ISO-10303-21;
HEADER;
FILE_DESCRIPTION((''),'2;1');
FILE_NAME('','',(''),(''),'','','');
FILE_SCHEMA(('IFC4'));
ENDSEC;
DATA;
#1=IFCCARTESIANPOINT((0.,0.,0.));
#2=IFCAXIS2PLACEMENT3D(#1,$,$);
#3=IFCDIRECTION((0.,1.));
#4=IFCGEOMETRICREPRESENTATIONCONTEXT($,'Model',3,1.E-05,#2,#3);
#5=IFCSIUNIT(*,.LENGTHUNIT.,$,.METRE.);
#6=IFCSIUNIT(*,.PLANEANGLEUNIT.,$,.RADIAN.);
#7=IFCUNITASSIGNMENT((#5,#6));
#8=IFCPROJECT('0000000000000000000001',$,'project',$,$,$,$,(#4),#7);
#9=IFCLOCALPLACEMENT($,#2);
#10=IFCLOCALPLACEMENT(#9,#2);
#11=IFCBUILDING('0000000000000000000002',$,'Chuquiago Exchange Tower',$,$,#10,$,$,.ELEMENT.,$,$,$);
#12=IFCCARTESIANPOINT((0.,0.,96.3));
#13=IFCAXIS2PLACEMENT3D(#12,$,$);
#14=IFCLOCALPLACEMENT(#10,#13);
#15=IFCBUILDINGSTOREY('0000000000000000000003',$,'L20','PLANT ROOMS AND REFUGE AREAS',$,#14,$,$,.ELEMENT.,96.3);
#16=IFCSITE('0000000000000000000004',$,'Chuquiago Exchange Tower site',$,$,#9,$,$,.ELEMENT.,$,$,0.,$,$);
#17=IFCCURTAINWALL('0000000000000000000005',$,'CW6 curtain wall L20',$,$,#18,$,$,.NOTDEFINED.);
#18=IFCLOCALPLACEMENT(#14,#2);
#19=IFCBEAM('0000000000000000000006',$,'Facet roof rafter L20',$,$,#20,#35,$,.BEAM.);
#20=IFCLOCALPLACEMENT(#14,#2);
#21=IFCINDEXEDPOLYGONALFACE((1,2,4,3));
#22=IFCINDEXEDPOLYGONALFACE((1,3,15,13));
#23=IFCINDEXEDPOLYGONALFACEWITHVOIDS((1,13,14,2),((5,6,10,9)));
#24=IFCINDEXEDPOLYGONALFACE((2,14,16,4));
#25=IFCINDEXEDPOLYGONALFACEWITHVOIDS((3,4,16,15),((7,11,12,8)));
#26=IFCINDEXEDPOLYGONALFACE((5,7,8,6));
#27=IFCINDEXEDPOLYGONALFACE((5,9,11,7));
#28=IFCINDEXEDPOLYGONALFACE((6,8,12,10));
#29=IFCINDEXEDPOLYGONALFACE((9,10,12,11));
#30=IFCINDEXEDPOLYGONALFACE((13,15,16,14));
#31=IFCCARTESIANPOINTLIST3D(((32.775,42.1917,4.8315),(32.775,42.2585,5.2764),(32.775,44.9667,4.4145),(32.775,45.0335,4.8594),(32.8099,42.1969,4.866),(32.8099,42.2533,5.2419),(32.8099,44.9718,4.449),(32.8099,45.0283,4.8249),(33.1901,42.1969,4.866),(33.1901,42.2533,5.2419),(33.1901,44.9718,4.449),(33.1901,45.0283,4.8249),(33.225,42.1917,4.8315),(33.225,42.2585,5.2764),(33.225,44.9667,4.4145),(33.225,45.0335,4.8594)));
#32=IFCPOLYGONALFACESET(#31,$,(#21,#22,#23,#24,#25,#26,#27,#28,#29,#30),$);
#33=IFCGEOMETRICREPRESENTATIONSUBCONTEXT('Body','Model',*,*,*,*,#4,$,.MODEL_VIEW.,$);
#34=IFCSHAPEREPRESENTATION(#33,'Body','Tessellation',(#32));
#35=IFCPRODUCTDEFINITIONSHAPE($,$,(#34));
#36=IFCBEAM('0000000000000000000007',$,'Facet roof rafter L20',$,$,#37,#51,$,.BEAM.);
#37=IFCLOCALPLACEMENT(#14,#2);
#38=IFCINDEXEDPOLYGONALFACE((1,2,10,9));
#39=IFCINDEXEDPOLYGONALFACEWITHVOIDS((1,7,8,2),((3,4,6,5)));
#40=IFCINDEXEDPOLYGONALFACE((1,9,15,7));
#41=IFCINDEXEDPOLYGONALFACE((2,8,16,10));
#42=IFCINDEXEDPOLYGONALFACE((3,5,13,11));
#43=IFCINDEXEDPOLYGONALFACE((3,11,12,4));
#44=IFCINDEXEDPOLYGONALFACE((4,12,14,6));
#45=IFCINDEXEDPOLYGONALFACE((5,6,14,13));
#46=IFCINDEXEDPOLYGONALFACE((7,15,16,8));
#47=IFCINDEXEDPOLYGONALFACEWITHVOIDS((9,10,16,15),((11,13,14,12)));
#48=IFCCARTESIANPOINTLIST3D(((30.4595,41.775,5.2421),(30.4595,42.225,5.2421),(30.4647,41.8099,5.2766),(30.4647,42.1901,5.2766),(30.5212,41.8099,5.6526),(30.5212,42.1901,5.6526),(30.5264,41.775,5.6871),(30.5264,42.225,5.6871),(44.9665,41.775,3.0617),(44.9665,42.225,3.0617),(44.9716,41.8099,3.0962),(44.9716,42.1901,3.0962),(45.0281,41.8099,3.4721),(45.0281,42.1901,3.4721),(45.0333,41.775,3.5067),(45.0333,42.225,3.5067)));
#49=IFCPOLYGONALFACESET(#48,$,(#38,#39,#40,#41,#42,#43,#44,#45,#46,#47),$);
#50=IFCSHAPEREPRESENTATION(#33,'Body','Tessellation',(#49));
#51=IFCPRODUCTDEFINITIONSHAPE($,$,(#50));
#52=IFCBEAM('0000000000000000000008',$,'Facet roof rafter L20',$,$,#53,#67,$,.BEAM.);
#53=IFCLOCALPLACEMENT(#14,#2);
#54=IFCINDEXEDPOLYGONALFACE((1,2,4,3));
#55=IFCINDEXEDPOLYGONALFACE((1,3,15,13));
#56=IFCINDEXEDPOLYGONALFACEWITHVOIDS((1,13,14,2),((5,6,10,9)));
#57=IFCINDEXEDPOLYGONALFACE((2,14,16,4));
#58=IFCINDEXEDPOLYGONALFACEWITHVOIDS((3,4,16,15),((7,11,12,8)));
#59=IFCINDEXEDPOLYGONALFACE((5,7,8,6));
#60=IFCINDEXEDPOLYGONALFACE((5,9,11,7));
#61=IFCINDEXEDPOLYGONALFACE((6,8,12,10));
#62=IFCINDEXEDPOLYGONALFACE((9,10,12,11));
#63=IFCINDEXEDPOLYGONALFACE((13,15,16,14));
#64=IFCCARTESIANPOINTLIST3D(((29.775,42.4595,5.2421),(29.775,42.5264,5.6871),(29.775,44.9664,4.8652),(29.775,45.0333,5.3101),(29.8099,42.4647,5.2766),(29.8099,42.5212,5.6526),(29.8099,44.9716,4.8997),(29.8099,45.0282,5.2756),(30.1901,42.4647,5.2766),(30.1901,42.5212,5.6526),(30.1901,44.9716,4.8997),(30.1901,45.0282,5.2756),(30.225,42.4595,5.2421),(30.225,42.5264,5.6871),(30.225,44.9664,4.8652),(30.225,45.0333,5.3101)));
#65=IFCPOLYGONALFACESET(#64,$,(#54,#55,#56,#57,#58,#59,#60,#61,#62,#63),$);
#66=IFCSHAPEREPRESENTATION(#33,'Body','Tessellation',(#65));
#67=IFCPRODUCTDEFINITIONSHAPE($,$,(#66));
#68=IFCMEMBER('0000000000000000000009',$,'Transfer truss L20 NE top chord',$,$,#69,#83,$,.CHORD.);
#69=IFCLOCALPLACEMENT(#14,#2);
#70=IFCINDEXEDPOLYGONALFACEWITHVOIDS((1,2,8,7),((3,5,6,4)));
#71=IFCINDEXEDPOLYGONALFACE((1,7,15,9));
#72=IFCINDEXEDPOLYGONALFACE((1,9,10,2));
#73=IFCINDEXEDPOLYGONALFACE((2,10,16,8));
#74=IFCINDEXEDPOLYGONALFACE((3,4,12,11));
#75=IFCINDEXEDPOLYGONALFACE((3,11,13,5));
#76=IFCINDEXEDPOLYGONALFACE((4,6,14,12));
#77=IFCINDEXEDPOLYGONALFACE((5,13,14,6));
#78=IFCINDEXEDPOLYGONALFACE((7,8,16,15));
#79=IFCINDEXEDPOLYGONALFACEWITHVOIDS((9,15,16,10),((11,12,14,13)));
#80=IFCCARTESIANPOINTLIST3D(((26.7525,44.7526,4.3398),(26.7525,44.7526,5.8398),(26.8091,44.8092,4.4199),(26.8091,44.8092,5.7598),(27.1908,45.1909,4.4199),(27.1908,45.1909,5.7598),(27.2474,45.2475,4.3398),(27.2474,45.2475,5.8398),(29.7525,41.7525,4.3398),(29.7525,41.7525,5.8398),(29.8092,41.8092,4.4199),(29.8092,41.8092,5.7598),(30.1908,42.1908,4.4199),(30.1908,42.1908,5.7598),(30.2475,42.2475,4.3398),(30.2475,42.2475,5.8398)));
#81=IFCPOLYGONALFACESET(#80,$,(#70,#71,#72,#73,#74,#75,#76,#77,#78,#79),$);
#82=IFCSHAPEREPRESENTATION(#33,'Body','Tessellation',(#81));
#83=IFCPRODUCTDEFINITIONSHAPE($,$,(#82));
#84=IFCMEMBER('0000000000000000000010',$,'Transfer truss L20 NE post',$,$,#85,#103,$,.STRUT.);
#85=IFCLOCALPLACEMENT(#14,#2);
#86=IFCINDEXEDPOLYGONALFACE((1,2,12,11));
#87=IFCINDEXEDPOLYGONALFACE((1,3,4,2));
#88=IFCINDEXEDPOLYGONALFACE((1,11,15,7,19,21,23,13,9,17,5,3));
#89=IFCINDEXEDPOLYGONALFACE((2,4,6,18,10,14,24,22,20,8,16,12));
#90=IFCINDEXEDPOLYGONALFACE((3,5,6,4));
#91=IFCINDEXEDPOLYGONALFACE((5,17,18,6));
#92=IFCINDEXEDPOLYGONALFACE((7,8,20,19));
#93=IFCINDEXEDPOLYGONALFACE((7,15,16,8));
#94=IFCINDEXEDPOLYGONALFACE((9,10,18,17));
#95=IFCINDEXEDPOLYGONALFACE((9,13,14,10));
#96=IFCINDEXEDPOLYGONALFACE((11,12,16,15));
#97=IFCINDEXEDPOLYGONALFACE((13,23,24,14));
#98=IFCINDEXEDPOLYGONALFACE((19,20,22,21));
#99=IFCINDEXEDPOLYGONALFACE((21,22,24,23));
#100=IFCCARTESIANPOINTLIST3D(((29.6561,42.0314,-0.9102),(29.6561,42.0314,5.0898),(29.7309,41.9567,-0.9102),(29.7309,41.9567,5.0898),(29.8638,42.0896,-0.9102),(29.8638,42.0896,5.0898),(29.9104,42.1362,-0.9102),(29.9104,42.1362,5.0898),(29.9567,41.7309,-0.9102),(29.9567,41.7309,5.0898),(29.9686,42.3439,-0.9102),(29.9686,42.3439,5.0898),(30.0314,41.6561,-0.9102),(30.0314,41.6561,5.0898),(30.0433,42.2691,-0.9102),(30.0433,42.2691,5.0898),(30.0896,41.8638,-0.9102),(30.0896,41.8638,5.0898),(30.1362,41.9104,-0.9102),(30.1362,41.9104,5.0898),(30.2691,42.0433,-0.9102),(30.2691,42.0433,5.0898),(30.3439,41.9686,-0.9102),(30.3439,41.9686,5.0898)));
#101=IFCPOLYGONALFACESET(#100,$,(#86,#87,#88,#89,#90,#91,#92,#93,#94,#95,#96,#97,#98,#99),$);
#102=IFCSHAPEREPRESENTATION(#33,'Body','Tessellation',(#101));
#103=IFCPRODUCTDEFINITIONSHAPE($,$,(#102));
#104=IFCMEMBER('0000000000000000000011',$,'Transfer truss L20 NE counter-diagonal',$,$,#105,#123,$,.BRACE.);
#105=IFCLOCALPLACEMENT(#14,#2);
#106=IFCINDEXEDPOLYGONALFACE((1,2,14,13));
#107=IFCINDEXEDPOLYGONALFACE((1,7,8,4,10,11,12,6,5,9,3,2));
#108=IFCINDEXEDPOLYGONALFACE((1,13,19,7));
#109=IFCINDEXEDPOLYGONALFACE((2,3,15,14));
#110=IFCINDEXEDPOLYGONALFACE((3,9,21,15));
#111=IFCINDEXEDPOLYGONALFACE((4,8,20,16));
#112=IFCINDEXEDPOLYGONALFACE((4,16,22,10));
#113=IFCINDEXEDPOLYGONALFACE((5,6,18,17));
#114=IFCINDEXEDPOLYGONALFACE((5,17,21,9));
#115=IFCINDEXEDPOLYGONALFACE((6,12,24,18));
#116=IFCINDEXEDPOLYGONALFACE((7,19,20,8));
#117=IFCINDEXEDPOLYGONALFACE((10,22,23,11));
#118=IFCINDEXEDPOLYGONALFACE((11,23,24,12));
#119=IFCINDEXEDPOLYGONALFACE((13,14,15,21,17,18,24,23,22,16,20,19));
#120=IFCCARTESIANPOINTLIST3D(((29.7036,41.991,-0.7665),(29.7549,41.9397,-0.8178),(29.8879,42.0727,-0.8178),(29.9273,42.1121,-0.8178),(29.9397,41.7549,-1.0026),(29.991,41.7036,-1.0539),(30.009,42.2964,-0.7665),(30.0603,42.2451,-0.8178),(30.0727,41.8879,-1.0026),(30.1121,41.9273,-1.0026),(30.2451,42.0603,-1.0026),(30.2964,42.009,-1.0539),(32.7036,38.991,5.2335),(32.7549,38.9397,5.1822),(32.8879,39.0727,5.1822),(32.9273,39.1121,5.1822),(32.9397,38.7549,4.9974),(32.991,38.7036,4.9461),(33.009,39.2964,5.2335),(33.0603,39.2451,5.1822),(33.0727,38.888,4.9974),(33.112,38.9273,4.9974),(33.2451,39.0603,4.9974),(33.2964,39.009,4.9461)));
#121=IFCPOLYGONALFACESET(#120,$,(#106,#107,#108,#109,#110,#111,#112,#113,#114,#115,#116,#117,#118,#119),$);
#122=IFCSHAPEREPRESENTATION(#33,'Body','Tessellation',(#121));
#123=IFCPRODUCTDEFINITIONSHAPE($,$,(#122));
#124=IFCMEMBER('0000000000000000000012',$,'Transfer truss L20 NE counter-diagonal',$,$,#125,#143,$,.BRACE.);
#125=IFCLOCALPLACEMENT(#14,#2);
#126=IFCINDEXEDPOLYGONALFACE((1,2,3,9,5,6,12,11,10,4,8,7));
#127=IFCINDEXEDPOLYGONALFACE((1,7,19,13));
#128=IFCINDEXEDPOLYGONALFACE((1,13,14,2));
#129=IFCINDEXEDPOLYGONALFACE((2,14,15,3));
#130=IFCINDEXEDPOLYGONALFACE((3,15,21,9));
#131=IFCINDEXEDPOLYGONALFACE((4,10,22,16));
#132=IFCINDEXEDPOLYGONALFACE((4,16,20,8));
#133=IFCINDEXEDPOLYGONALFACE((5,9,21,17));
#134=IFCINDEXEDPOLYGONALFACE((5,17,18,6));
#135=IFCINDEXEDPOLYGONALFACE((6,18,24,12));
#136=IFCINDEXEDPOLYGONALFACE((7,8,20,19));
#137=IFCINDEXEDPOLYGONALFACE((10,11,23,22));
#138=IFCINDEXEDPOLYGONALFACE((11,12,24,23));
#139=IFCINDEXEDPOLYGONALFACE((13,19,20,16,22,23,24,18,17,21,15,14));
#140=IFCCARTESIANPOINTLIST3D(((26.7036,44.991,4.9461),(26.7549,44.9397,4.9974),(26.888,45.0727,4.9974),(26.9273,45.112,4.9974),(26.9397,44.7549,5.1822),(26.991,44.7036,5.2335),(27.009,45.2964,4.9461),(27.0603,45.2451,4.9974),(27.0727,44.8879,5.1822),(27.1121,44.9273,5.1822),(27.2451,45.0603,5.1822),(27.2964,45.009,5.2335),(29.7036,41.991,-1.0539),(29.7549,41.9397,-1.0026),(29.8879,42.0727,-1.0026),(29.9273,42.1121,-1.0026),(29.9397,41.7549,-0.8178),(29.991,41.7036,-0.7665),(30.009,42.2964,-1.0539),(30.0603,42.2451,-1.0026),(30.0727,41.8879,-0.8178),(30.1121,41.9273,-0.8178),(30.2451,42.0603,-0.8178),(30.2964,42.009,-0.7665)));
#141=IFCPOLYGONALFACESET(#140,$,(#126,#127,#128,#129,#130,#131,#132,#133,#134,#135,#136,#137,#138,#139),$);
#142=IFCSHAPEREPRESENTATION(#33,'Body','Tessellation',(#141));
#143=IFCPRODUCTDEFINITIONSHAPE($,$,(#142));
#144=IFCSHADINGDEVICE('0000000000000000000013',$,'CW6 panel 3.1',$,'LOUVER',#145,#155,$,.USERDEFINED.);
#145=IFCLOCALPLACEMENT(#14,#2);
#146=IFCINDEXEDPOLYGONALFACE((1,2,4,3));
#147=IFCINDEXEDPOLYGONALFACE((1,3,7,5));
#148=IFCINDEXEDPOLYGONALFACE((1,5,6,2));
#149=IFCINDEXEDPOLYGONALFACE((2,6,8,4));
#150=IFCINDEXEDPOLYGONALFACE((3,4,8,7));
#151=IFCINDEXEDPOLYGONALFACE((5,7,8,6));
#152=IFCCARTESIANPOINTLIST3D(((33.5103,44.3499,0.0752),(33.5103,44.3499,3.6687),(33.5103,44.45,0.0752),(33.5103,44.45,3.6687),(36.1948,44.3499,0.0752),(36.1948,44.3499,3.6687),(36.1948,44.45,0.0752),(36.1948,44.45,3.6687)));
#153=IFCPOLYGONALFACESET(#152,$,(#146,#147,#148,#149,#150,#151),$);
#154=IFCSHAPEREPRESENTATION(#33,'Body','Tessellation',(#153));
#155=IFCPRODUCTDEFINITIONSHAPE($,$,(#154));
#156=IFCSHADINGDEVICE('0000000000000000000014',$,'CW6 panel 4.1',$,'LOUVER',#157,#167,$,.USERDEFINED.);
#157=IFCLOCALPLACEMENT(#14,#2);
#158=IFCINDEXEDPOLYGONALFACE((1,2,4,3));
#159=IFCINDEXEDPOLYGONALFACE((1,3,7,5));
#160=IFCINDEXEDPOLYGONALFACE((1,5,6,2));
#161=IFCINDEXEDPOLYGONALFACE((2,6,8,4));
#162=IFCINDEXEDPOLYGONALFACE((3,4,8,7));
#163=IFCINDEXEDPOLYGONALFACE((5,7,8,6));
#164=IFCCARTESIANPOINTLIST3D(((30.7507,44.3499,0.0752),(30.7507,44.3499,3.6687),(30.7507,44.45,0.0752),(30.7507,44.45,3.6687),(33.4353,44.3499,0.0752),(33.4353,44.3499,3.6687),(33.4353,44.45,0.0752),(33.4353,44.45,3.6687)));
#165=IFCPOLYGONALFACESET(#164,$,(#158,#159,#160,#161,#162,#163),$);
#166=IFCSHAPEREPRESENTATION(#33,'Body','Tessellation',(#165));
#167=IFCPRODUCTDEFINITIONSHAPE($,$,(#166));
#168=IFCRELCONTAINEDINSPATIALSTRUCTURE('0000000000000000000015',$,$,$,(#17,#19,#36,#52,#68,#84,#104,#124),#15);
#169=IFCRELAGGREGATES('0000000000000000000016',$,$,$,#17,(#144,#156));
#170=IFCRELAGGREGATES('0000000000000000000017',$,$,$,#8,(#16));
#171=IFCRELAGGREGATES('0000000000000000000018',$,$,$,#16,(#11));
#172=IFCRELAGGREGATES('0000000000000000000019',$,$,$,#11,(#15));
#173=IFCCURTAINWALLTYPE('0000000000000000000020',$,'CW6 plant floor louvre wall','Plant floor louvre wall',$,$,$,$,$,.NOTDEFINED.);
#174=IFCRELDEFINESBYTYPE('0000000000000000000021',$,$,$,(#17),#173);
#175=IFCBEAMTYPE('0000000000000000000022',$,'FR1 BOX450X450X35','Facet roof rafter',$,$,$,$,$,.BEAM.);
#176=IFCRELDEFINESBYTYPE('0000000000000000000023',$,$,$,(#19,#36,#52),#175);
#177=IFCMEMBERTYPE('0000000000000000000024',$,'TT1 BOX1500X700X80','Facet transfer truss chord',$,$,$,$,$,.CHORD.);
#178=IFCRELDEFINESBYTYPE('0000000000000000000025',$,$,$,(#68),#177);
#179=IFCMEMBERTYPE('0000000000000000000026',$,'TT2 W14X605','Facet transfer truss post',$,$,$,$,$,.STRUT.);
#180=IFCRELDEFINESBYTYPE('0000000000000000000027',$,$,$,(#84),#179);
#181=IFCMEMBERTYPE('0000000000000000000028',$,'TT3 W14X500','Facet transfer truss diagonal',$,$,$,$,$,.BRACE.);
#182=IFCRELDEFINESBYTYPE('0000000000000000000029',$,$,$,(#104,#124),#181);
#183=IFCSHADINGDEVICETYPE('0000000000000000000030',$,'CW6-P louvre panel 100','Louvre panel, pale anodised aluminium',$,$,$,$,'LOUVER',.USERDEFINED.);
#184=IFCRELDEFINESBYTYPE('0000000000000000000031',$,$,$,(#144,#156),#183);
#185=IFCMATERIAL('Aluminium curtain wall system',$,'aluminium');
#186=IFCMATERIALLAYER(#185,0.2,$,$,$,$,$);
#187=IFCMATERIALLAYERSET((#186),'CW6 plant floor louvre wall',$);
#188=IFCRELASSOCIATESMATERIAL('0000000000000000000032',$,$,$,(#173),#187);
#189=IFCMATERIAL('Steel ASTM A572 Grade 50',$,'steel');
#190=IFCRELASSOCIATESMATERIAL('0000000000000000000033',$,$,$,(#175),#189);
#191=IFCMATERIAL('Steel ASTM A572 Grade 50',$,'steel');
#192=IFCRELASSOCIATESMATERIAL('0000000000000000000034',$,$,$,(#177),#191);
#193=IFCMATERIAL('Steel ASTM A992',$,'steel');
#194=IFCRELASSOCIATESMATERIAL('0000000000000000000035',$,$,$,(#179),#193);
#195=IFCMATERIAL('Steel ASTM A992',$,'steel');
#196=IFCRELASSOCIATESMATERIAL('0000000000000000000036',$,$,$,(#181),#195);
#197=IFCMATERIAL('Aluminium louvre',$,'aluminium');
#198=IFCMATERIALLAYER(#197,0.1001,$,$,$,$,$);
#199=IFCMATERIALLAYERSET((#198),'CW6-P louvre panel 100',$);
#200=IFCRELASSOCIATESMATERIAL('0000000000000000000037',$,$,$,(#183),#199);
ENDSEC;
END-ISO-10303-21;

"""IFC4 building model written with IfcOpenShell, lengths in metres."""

from ifc_helpers import new_model, si_unit, direction, frame, origin, origin_2d, place, context, subcontext, project, spatial, rectangle, hollow_rectangle, i_section, extrude, material, layer, layer_set, material_profile, profile_set, type_object, element, aggregate, save


model = new_model("IFC4")

# Units and contexts
model_context = context("Model", 3, precision=1e-05, world=origin(), true_north=direction((0.0, 1.0)))
body_context = subcontext(model_context, "Body", "Model", "MODEL_VIEW")
ifc_project = project(units=[si_unit("LENGTHUNIT", "METRE"), si_unit("PLANEANGLEUNIT", "RADIAN")], contexts=[model_context])

# Site, building, storey
site_placement = place(None, origin())
site = spatial("IfcSite", under=ifc_project, at=site_placement, Name="Chuquiago Exchange Tower site", CompositionType="ELEMENT", RefElevation=0.0)
building_placement = place(site_placement, origin())
building = spatial("IfcBuilding", under=site, at=building_placement, Name="Chuquiago Exchange Tower", CompositionType="ELEMENT")
storey_placement = place(building_placement, frame((0.0, 0.0, 96.3)))
storey = spatial("IfcBuildingStorey", under=building, at=storey_placement, Name="L20", Description="PLANT ROOMS AND REFUGE AREAS", CompositionType="ELEMENT", Elevation=96.3)

# Curtain wall
ifc_material_1 = material(Name="Aluminium curtain wall system", Category="aluminium")
ifc_layer_1 = layer(ifc_material_1, 0.2)
ifc_layer_set_1 = layer_set([ifc_layer_1], Name="CW6 plant floor louvre wall")
curtain_wall_type = type_object("IfcCurtainWallType", Name="CW6 plant floor louvre wall", Description="Plant floor louvre wall", PredefinedType="NOTDEFINED", material=ifc_layer_set_1)
curtain_wall_placement = place(storey_placement, origin())
curtain_wall = element("IfcCurtainWall", 1, at=curtain_wall_placement, inside=storey, type_object=curtain_wall_type, Name="CW6 curtain wall L20", PredefinedType="NOTDEFINED")

# Beams
ifc_material_2 = material(Name="Steel ASTM A572 Grade 50", Category="steel")
ifc_material_profile_1 = material_profile(ifc_material_2, hollow_rectangle(XDim=0.45, YDim=0.45, WallThickness=0.0349, at=origin_2d()), Name="BOX450X450X35")
ifc_profile_set_1 = profile_set([ifc_material_profile_1], Name="Steel ASTM A572 Grade 50")
beam_type_1 = type_object("IfcBeamType", Name="FR1 BOX450X450X35", Description="Facet roof rafter", PredefinedType="BEAM", material=ifc_profile_set_1)
beam_1_placement = place(storey_placement, frame((33.0, 42.2251, 5.054), z_axis=(0.0, 0.988897, -0.148604), x_axis=(-1.0, 0.0, 0.0)))
element("IfcBeam", 2, at=beam_1_placement, inside=storey, type_object=beam_type_1, Name="Facet roof rafter L20", PredefinedType="BEAM", context=body_context, shape_type="SweptSolid", body=[
    extrude(hollow_rectangle(XDim=0.45, YDim=0.45, WallThickness=0.0349, at=origin_2d()), origin(), (0.0, 0.0, 1.0), 2.8062),
])
beam_2_placement = place(storey_placement, frame((30.4929, 42.0, 5.4646), z_axis=(0.988893, 0.0, -0.148631), x_axis=(0.0, 1.0, 0.0)))
element("IfcBeam", 3, at=beam_2_placement, inside=storey, type_object=beam_type_1, Name="Facet roof rafter L20", PredefinedType="BEAM", context=body_context, shape_type="SweptSolid", body=[
    extrude(hollow_rectangle(XDim=0.45, YDim=0.45, WallThickness=0.0349, at=origin_2d()), origin(), (0.0, 0.0, 1.0), 14.6699),
])
beam_3_placement = place(storey_placement, frame((30.0, 42.4929, 5.4646), z_axis=(0.0, 0.988885, -0.148684), x_axis=(-1.0, 0.0, 0.0)))
element("IfcBeam", 4, at=beam_3_placement, inside=storey, type_object=beam_type_1, Name="Facet roof rafter L20", PredefinedType="BEAM", context=body_context, shape_type="SweptSolid", body=[
    extrude(hollow_rectangle(XDim=0.45, YDim=0.45, WallThickness=0.0349, at=origin_2d()), origin(), (0.0, 0.0, 1.0), 2.5352),
])

# Members
ifc_material_3 = material(Name="Steel ASTM A572 Grade 50", Category="steel")
ifc_material_profile_2 = material_profile(ifc_material_3, hollow_rectangle(XDim=0.7, YDim=1.5, WallThickness=0.0801, at=origin_2d()), Name="BOX1500X700X80")
ifc_profile_set_2 = profile_set([ifc_material_profile_2], Name="Steel ASTM A572 Grade 50")
member_type_1 = type_object("IfcMemberType", Name="TT1 BOX1500X700X80", Description="Facet transfer truss chord", PredefinedType="CHORD", material=ifc_profile_set_2)
member_1_placement = place(storey_placement, frame((30.0, 42.0, 5.0898), z_axis=(-0.707107, 0.707107, 0.0), x_axis=(-0.707107, -0.707107, 0.0)))
element("IfcMember", 5, at=member_1_placement, inside=storey, type_object=member_type_1, Name="Transfer truss L20 NE top chord", PredefinedType="CHORD", context=body_context, shape_type="SweptSolid", body=[
    extrude(hollow_rectangle(XDim=0.7, YDim=1.5, WallThickness=0.0801, at=origin_2d()), origin(), (0.0, 0.0, 1.0), 4.2427),
])
ifc_material_4 = material(Name="Steel ASTM A992", Category="steel")
ifc_material_profile_3 = material_profile(ifc_material_4, i_section(OverallWidth=0.4419, OverallDepth=0.5308, WebThickness=0.0659, FlangeThickness=0.1057, at=origin_2d()), Name="W14X605")
ifc_profile_set_3 = profile_set([ifc_material_profile_3], Name="Steel ASTM A992")
member_type_2 = type_object("IfcMemberType", Name="TT2 W14X605", Description="Facet transfer truss post", PredefinedType="STRUT", material=ifc_profile_set_3)
member_2_placement = place(storey_placement, frame((30.0, 42.0, -0.9102), z_axis=(0.0, 0.0, 1.0), x_axis=(0.707107, 0.707107, 0.0)))
element("IfcMember", 6, at=member_2_placement, inside=storey, type_object=member_type_2, Name="Transfer truss L20 NE post", PredefinedType="STRUT", context=body_context, shape_type="SweptSolid", body=[
    extrude(i_section(OverallWidth=0.4419, OverallDepth=0.5308, WebThickness=0.0659, FlangeThickness=0.1057, at=origin_2d()), origin(), (0.0, 0.0, 1.0), 6.0),
])
ifc_material_5 = material(Name="Steel ASTM A992", Category="steel")
ifc_material_profile_4 = material_profile(ifc_material_5, i_section(OverallWidth=0.4319, OverallDepth=0.4978, WebThickness=0.0557, FlangeThickness=0.0889, at=origin_2d()), Name="W14X500")
ifc_profile_set_4 = profile_set([ifc_material_profile_4], Name="Steel ASTM A992")
member_type_3 = type_object("IfcMemberType", Name="TT3 W14X500", Description="Facet transfer truss diagonal", PredefinedType="BRACE", material=ifc_profile_set_4)
for number, where, z_axis, x_axis, name in (
    (7, (30.0, 42.0, -0.9102), (0.408248, -0.408248, 0.816497), (0.707107, 0.707107, 0.0), "Transfer truss L20 NE counter-diagonal"),
    (8, (30.0, 42.0, -0.9102), (-0.408248, 0.408248, 0.816497), (-0.707107, -0.707107, 0.0), "Transfer truss L20 NE counter-diagonal"),
):
    element("IfcMember", number, at=place(storey_placement, frame(where, z_axis=z_axis, x_axis=x_axis)), inside=storey, type_object=member_type_3, Name=name, PredefinedType="BRACE", context=body_context, shape_type="SweptSolid", body=[
        extrude(i_section(OverallWidth=0.4319, OverallDepth=0.4978, WebThickness=0.0557, FlangeThickness=0.0889, at=origin_2d()), origin(), (0.0, 0.0, 1.0), 7.3484),
    ])

# Shading devices
ifc_material_6 = material(Name="Aluminium louvre", Category="aluminium")
ifc_layer_2 = layer(ifc_material_6, 0.1001)
ifc_layer_set_2 = layer_set([ifc_layer_2], Name="CW6-P louvre panel 100")
shading_device_type = type_object("IfcShadingDeviceType", Name="CW6-P louvre panel 100", Description="Louvre panel, pale anodised aluminium", ElementType="LOUVER", PredefinedType="USERDEFINED", material=ifc_layer_set_2)
shading_device_1_placement = place(storey_placement, frame((34.8525, 44.3999, 0.0752), z_axis=(0.0, 0.0, 1.0), x_axis=(-1.0, 0.0, 0.0)))
shading_device_1 = element("IfcShadingDevice", 9, at=shading_device_1_placement, type_object=shading_device_type, Name="CW6 panel 3.1", ObjectType="LOUVER", PredefinedType="USERDEFINED", context=body_context, shape_type="SweptSolid", body=[
    extrude(rectangle(XDim=2.6846, YDim=0.1001, at=origin_2d()), origin(), (0.0, 0.0, 1.0), 3.5935),
])
shading_device_2_placement = place(storey_placement, frame((32.093, 44.3999, 0.0752), z_axis=(0.0, 0.0, 1.0), x_axis=(-1.0, 0.0, 0.0)))
shading_device_2 = element("IfcShadingDevice", 10, at=shading_device_2_placement, type_object=shading_device_type, Name="CW6 panel 4.1", ObjectType="LOUVER", PredefinedType="USERDEFINED", context=body_context, shape_type="SweptSolid", body=[
    extrude(rectangle(XDim=2.6846, YDim=0.1001, at=origin_2d()), origin(), (0.0, 0.0, 1.0), 3.5935),
])
aggregate(curtain_wall, [shading_device_1, shading_device_2])

save(model, "model.ifc")
